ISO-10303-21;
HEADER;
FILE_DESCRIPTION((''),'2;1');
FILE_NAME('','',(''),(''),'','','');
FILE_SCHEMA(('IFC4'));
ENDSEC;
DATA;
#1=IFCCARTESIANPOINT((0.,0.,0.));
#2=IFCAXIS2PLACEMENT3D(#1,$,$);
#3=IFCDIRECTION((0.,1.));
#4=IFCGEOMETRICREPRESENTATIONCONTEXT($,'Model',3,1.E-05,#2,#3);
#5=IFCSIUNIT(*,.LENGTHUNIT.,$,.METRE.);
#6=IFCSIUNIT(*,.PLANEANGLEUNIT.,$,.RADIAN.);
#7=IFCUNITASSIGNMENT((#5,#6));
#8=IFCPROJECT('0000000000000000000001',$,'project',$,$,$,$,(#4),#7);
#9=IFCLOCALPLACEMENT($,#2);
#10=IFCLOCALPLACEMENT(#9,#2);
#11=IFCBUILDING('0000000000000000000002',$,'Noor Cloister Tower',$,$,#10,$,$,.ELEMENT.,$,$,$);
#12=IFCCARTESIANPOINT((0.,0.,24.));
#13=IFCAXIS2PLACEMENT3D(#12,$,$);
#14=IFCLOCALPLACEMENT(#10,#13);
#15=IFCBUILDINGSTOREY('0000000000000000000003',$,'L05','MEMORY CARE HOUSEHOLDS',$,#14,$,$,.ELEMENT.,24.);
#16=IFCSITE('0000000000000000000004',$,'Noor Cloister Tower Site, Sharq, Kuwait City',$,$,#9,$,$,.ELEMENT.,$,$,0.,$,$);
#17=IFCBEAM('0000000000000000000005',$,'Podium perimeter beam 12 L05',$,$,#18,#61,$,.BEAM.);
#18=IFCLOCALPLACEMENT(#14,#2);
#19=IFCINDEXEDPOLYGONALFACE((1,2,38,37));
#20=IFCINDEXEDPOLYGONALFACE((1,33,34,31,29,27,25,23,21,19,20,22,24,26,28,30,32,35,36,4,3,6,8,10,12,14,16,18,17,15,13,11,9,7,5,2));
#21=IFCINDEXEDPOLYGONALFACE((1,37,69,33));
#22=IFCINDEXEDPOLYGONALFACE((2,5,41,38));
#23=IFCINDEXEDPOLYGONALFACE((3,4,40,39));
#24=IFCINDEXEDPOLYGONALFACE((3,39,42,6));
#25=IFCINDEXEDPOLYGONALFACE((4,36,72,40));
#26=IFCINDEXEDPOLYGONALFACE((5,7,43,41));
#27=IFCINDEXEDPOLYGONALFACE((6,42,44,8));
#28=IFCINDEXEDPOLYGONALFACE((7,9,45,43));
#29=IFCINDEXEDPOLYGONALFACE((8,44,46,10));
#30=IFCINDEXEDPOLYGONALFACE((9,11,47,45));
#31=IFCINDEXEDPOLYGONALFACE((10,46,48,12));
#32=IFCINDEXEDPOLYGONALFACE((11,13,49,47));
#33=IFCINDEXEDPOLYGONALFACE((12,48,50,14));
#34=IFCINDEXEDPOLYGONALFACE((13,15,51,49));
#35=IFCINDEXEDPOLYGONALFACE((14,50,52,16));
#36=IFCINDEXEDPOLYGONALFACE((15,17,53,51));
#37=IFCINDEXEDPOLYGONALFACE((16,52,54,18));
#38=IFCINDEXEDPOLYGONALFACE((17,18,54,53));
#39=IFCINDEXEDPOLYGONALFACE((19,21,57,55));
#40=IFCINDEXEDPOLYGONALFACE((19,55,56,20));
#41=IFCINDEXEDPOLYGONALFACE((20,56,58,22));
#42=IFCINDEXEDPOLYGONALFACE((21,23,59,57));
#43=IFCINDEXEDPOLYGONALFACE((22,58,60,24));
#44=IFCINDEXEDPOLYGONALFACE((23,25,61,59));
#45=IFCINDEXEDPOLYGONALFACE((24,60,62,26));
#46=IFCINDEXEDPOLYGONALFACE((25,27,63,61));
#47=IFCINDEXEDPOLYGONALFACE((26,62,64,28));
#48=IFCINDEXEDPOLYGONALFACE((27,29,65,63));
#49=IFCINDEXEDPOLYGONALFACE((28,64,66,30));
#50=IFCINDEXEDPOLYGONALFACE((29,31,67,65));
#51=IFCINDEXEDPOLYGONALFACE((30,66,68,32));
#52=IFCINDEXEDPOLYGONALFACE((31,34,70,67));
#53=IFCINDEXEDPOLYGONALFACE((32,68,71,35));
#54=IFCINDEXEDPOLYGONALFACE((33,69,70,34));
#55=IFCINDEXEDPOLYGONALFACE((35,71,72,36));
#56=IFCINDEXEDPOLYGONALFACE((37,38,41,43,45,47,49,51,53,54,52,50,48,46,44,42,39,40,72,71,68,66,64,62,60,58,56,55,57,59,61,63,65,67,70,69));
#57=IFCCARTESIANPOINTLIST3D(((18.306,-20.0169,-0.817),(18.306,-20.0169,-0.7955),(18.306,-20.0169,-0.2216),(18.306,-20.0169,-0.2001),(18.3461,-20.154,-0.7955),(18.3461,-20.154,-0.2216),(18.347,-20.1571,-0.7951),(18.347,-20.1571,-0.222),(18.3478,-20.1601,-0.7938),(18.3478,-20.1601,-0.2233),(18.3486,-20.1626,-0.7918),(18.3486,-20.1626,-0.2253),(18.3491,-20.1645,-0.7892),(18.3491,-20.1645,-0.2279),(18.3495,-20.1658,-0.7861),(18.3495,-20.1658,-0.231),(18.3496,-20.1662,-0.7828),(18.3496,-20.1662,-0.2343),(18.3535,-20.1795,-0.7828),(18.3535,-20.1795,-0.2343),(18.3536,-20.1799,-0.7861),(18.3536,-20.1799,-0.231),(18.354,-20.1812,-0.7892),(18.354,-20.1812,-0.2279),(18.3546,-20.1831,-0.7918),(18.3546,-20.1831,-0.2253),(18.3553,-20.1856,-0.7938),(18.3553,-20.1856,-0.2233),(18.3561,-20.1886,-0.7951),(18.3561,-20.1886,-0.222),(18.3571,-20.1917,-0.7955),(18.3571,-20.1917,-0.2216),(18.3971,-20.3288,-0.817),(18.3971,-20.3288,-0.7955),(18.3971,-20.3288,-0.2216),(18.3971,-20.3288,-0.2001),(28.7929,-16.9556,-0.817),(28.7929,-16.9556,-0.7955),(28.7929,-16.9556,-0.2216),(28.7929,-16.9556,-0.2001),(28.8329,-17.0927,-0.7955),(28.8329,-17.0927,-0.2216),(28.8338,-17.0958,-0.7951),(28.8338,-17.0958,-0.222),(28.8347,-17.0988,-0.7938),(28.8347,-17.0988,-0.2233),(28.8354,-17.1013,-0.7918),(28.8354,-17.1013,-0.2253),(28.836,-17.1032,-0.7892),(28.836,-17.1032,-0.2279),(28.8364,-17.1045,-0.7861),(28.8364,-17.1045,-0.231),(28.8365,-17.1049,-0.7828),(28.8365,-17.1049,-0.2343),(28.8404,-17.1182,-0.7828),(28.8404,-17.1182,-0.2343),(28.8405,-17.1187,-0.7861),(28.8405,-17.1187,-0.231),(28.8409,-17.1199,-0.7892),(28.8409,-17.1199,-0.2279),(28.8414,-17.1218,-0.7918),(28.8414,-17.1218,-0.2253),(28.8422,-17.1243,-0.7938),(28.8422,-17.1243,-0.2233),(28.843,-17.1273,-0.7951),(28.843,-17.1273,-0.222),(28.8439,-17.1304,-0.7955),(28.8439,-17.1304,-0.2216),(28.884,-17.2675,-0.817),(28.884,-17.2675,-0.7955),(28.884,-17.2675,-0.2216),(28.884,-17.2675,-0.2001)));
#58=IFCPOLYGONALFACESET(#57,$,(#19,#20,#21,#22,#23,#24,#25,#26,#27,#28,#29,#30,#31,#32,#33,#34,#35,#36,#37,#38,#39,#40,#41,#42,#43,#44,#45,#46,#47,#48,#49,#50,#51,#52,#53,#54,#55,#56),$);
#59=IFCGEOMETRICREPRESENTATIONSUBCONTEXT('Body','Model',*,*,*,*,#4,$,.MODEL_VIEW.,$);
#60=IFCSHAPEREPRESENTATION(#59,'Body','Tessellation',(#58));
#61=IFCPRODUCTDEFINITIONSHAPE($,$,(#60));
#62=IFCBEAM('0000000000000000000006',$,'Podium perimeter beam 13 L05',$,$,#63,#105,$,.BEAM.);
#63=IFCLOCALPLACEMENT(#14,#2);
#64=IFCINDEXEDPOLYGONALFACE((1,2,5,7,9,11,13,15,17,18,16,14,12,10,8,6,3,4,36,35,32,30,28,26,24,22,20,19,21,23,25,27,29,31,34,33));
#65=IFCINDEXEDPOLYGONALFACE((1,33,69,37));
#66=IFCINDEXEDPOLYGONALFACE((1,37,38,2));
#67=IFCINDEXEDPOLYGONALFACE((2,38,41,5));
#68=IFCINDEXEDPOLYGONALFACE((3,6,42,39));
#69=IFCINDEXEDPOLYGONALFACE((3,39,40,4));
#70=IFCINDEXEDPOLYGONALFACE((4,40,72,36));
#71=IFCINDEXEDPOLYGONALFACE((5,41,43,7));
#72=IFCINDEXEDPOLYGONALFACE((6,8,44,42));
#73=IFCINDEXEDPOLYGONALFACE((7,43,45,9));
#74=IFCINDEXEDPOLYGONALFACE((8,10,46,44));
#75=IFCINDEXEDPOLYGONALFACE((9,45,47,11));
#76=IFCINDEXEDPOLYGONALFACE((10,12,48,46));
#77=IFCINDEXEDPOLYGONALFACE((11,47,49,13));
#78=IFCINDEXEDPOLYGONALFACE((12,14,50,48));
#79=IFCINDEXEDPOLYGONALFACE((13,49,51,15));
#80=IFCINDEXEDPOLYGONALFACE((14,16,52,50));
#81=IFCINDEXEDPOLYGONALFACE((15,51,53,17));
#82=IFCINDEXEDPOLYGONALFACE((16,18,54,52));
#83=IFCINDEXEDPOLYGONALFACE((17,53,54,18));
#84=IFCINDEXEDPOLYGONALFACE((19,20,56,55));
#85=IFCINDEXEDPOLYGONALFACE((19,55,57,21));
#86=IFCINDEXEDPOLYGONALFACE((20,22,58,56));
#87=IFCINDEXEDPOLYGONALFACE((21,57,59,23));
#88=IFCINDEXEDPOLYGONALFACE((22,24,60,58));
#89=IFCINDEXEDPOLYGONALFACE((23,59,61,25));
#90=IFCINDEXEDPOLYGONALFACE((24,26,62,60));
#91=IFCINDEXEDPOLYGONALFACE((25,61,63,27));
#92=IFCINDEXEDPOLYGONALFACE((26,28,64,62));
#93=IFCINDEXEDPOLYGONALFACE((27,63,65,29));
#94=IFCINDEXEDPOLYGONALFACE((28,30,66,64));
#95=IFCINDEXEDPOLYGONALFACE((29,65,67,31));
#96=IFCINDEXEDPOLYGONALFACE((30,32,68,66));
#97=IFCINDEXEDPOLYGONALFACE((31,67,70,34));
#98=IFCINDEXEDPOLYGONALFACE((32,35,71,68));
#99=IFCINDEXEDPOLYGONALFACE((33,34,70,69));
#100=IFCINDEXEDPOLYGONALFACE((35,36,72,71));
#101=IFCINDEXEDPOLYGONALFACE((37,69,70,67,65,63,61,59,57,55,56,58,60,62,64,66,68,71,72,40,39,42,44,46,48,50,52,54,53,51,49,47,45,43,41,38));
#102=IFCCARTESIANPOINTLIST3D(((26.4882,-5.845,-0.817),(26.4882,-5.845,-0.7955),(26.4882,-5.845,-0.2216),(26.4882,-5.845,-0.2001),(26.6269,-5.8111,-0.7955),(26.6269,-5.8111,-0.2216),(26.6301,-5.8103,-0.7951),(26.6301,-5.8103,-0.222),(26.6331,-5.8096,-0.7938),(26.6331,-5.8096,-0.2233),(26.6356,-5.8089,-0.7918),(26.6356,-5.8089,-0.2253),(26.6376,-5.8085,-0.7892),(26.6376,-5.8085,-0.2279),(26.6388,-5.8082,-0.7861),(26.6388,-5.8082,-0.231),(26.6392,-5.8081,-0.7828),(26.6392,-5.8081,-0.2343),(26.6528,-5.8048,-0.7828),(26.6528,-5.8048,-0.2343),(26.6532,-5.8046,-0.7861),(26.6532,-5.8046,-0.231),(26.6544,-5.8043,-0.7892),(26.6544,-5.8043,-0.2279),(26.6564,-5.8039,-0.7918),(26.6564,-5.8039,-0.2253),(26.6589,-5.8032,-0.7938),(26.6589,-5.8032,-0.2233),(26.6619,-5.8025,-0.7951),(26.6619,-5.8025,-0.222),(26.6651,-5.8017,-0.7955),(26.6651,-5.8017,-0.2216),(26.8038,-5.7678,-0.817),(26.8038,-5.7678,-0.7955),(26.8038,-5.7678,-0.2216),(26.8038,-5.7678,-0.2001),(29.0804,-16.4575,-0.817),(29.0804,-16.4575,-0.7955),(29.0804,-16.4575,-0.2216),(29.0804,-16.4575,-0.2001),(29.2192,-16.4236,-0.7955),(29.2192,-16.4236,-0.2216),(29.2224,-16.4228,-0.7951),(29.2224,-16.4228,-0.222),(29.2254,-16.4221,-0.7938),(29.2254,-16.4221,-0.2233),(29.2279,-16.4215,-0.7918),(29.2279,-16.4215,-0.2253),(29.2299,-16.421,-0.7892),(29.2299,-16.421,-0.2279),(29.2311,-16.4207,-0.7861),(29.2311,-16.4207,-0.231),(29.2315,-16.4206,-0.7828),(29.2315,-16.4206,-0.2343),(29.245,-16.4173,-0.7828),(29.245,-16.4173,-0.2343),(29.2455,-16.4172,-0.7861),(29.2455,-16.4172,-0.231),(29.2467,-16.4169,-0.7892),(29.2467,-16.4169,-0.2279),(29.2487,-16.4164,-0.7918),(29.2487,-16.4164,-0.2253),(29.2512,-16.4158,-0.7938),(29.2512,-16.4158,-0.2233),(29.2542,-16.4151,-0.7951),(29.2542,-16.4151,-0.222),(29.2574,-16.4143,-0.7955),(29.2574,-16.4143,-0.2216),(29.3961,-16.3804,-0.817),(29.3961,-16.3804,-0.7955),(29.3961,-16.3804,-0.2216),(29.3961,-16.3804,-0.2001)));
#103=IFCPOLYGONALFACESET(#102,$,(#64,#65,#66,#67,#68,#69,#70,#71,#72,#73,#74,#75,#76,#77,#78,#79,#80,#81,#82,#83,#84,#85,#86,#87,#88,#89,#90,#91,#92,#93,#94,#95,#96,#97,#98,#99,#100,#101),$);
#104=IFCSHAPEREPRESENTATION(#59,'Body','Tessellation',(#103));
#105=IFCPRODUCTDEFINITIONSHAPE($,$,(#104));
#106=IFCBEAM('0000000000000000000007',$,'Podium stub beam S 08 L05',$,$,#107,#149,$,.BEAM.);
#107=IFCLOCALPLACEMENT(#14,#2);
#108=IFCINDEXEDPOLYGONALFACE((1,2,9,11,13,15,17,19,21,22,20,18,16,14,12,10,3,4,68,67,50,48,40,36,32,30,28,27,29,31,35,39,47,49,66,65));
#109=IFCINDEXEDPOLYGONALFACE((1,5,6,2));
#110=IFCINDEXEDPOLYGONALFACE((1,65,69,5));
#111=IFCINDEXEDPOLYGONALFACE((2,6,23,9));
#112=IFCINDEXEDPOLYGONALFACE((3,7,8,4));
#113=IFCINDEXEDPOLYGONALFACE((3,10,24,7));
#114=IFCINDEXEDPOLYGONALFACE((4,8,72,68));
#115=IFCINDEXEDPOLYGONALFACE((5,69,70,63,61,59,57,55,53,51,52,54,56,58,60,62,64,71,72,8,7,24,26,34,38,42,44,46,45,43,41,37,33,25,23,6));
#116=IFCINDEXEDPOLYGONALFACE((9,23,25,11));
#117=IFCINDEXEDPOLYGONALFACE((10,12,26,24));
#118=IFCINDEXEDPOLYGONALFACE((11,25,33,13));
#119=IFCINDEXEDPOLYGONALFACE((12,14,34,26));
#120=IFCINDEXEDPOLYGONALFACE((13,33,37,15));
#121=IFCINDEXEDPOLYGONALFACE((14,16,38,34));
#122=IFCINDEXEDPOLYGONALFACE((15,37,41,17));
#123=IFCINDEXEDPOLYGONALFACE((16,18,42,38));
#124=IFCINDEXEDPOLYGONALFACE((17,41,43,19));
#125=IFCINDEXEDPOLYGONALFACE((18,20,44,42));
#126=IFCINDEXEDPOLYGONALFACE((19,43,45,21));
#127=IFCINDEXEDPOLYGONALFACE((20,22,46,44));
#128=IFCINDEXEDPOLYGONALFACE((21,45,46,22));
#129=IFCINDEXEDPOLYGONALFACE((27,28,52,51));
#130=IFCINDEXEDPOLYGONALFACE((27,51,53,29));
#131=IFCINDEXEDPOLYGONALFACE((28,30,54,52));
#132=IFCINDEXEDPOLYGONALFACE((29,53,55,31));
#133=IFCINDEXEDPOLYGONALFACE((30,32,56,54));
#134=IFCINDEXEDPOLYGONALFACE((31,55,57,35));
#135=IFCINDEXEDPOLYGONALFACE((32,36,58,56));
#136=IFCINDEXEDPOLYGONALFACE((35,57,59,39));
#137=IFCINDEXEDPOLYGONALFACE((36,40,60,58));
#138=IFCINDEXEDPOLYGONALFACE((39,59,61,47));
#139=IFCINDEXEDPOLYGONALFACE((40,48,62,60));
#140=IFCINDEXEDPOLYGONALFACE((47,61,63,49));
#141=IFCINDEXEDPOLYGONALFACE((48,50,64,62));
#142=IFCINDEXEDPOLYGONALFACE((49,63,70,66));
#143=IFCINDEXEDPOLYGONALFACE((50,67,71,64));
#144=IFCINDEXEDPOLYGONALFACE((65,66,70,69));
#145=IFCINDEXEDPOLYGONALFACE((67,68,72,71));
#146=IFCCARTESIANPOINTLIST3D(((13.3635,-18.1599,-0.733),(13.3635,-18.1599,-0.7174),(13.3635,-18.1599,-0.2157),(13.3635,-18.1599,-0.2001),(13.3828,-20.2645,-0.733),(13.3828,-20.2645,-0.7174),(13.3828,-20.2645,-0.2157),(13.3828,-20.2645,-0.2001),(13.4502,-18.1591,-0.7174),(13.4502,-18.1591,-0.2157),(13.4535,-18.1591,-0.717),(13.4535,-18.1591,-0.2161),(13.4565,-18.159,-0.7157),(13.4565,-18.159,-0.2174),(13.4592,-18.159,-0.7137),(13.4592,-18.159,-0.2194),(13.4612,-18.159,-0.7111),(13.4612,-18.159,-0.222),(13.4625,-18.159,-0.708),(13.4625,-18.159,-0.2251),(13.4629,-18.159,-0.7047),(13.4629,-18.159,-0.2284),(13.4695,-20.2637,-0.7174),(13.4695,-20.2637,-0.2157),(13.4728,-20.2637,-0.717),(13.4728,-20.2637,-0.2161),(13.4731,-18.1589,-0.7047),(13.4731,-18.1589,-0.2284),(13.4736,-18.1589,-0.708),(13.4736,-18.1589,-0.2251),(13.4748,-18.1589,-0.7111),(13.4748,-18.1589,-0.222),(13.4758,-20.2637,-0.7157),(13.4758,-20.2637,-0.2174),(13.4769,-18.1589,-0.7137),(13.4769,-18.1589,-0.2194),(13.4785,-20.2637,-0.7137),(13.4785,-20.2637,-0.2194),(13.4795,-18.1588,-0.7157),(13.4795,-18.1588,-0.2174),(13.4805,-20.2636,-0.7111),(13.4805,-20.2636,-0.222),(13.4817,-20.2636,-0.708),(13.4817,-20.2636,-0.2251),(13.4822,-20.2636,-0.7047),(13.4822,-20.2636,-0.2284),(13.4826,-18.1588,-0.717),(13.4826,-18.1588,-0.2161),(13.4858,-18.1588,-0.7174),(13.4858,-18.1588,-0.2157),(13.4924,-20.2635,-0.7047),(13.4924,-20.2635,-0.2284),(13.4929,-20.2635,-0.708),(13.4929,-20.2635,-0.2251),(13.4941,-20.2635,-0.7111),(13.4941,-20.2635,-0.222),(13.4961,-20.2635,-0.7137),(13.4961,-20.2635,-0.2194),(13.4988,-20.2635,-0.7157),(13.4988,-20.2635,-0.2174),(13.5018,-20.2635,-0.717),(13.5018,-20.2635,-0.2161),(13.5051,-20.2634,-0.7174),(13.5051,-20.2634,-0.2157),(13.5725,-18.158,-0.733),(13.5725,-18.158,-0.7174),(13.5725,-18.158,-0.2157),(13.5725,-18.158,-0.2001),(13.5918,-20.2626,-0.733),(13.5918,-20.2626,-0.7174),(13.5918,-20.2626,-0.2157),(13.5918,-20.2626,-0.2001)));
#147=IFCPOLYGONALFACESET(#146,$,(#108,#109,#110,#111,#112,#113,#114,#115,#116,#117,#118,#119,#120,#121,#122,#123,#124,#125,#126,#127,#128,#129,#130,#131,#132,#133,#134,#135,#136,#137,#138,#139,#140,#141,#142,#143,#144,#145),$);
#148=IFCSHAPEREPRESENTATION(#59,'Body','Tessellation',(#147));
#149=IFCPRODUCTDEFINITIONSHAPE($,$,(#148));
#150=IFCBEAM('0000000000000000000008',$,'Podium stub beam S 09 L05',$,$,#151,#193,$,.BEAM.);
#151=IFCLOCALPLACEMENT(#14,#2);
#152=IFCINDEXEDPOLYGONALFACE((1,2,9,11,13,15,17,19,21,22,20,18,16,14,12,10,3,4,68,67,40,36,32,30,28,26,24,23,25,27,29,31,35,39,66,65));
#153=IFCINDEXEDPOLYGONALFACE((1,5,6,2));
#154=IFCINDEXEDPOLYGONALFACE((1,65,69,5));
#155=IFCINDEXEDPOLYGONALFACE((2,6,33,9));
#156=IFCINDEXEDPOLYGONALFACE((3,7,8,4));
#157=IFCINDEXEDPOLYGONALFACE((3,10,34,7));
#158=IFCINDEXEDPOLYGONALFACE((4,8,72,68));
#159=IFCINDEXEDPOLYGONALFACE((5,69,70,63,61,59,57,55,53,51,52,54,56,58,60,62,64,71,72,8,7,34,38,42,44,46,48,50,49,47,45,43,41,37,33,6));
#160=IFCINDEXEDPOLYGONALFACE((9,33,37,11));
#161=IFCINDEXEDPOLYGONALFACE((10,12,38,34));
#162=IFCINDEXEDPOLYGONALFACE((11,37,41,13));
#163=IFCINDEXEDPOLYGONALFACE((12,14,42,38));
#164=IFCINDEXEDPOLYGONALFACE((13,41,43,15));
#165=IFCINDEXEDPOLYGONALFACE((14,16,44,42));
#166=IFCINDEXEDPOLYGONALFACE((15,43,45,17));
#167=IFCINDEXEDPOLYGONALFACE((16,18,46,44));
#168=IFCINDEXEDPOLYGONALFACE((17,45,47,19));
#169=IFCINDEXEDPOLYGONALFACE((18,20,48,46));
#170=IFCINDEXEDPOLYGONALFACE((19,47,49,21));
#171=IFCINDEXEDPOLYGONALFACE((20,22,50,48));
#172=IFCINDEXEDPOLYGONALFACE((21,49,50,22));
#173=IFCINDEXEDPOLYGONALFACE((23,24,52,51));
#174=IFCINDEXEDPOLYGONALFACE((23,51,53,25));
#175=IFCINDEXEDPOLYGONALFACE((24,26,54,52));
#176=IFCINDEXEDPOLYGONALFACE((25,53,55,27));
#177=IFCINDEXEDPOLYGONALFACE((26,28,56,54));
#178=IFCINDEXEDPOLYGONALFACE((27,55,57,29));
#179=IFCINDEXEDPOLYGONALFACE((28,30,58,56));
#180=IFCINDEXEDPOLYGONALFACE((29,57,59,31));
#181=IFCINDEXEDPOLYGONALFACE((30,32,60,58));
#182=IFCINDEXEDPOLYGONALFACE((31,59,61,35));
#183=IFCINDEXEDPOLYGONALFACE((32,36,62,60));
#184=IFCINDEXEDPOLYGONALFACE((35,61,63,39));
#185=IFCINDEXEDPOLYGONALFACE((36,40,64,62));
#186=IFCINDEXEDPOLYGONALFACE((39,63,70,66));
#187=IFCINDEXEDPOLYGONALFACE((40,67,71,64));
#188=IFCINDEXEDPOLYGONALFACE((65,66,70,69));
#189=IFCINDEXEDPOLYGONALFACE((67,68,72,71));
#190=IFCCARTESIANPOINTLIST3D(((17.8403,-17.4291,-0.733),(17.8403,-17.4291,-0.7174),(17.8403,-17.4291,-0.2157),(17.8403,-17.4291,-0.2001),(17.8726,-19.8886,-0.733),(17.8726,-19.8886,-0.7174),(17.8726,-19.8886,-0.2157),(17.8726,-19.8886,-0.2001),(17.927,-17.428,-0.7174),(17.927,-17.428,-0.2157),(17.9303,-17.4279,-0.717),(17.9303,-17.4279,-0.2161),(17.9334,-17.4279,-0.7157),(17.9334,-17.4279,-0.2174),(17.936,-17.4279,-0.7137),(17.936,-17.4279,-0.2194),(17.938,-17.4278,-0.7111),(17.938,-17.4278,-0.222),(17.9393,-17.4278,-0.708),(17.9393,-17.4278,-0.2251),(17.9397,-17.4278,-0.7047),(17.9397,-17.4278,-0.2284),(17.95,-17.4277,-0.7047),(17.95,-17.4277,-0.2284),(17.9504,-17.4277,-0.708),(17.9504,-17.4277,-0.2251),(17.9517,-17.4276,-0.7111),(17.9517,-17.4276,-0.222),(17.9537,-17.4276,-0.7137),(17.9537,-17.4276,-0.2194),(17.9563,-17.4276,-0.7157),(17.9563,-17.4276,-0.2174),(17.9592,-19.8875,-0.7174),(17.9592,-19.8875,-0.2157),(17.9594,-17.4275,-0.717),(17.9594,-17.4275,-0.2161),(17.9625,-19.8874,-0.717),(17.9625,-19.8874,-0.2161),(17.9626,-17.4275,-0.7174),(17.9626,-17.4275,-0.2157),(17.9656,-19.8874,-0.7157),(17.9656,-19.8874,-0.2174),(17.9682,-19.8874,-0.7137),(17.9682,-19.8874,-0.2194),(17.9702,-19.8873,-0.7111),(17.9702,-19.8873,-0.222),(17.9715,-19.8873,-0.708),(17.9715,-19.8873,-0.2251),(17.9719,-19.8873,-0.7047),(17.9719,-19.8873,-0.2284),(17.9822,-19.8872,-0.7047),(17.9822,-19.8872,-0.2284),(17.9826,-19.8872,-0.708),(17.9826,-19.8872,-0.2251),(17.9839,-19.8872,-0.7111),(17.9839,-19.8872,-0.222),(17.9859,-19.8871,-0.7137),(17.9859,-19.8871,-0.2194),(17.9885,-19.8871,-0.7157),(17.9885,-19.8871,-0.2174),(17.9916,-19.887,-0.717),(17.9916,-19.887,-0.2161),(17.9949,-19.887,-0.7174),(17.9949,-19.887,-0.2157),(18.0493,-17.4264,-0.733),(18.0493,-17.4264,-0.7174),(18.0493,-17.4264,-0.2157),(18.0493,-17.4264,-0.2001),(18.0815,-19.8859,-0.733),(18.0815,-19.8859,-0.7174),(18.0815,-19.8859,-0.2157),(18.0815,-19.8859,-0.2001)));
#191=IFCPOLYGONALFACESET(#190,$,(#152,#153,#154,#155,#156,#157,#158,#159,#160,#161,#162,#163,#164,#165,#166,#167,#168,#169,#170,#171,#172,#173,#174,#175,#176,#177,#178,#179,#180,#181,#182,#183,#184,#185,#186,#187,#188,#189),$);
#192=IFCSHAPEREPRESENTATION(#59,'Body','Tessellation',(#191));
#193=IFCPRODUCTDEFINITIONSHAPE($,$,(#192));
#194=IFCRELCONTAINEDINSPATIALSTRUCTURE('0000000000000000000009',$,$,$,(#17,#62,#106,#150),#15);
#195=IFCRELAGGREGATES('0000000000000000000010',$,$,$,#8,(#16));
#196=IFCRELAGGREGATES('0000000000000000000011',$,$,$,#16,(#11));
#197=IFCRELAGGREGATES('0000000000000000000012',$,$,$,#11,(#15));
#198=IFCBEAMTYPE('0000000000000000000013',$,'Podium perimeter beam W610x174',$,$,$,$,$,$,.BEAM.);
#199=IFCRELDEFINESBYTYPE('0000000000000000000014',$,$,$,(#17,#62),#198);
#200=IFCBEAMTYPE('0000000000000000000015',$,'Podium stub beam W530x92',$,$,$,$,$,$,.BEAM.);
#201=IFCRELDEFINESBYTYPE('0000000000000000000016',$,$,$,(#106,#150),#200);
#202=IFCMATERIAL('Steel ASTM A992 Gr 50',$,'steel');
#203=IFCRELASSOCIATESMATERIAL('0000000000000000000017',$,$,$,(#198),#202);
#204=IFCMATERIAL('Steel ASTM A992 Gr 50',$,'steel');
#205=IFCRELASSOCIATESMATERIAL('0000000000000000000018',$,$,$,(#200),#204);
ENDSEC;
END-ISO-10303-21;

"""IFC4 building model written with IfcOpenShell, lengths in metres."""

from ifc_helpers import new_model, si_unit, direction, frame, origin, origin_2d, place, context, subcontext, project, spatial, i_section, extrude, material, material_profile, profile_set, type_object, element, save


model = new_model("IFC4")

# Units and contexts
model_context = context("Model", 3, precision=1e-05, world=origin(), true_north=direction((0.0, 1.0)))
body_context = subcontext(model_context, "Body", "Model", "MODEL_VIEW")
ifc_project = project(units=[si_unit("LENGTHUNIT", "METRE"), si_unit("PLANEANGLEUNIT", "RADIAN")], contexts=[model_context])

# Site, building, storey
site_placement = place(None, origin())
site = spatial("IfcSite", under=ifc_project, at=site_placement, Name="Noor Cloister Tower Site, Sharq, Kuwait City", CompositionType="ELEMENT", RefElevation=0.0)
building_placement = place(site_placement, origin())
building = spatial("IfcBuilding", under=site, at=building_placement, Name="Noor Cloister Tower", CompositionType="ELEMENT")
storey_placement = place(building_placement, frame((0.0, 0.0, 24.0)))
storey = spatial("IfcBuildingStorey", under=building, at=storey_placement, Name="L05", Description="MEMORY CARE HOUSEHOLDS", CompositionType="ELEMENT", Elevation=24.0)

# Beams
ifc_material_1 = material(Name="Steel ASTM A992 Gr 50", Category="steel")
ifc_material_profile_1 = material_profile(ifc_material_1, i_section(OverallWidth=0.325, OverallDepth=0.6169, WebThickness=0.0139, FlangeThickness=0.0215, FilletRadius=0.0127, at=origin_2d()), Name="W610x174")
ifc_profile_set_1 = profile_set([ifc_material_profile_1], Name="Steel ASTM A992 Gr 50")
beam_type_1 = type_object("IfcBeamType", Name="Podium perimeter beam W610x174", PredefinedType="BEAM", material=ifc_profile_set_1)
for number, where, z_axis, x_axis, name in (
    (1, (18.3516, -20.1729, -0.5085), (0.959935, 0.280221, 0.0), (-0.280221, 0.959935, 0.0), "Podium perimeter beam 12 L05"),
    (2, (29.2383, -16.4189, -0.5085), (-0.23729, 0.971439, 0.0), (-0.971439, -0.23729, 0.0), "Podium perimeter beam 13 L05"),
):
    element("IfcBeam", number, at=place(storey_placement, frame(where, z_axis=z_axis, x_axis=x_axis)), inside=storey, type_object=beam_type_1, Name=name, PredefinedType="BEAM", context=body_context, shape_type="SweptSolid", body=[
        extrude(i_section(OverallWidth=0.325, OverallDepth=0.6169, WebThickness=0.0139, FlangeThickness=0.0215, FilletRadius=0.0127, at=origin_2d()), origin(), (0.0, 0.0, 1.0), 10.9246),
    ])
ifc_material_2 = material(Name="Steel ASTM A992 Gr 50", Category="steel")
ifc_material_profile_2 = material_profile(ifc_material_2, i_section(OverallWidth=0.209, OverallDepth=0.533, WebThickness=0.0103, FlangeThickness=0.0156, FilletRadius=0.0127, at=origin_2d()), Name="W530x92")
ifc_profile_set_2 = profile_set([ifc_material_profile_2], Name="Steel ASTM A992 Gr 50")
beam_type_2 = type_object("IfcBeamType", Name="Podium stub beam W530x92", PredefinedType="BEAM", material=ifc_profile_set_2)
beam_1_placement = place(storey_placement, frame((13.468, -18.1589, -0.4666), z_axis=(0.009163, -0.999958, 0.0), x_axis=(0.999958, 0.009163, 0.0)))
element("IfcBeam", 3, at=beam_1_placement, inside=storey, type_object=beam_type_2, Name="Podium stub beam S 08 L05", PredefinedType="BEAM", context=body_context, shape_type="SweptSolid", body=[
    extrude(i_section(OverallWidth=0.209, OverallDepth=0.533, WebThickness=0.0103, FlangeThickness=0.0156, FilletRadius=0.0127, at=origin_2d()), origin(), (0.0, 0.0, 1.0), 2.1047),
])
beam_2_placement = place(storey_placement, frame((17.9448, -17.4277, -0.4666), z_axis=(0.013102, -0.999914, 0.0), x_axis=(0.999914, 0.013102, 0.0)))
element("IfcBeam", 4, at=beam_2_placement, inside=storey, type_object=beam_type_2, Name="Podium stub beam S 09 L05", PredefinedType="BEAM", context=body_context, shape_type="SweptSolid", body=[
    extrude(i_section(OverallWidth=0.209, OverallDepth=0.533, WebThickness=0.0103, FlangeThickness=0.0156, FilletRadius=0.0127, at=origin_2d()), origin(), (0.0, 0.0, 1.0), 2.4597),
])

save(model, "model.ifc")
